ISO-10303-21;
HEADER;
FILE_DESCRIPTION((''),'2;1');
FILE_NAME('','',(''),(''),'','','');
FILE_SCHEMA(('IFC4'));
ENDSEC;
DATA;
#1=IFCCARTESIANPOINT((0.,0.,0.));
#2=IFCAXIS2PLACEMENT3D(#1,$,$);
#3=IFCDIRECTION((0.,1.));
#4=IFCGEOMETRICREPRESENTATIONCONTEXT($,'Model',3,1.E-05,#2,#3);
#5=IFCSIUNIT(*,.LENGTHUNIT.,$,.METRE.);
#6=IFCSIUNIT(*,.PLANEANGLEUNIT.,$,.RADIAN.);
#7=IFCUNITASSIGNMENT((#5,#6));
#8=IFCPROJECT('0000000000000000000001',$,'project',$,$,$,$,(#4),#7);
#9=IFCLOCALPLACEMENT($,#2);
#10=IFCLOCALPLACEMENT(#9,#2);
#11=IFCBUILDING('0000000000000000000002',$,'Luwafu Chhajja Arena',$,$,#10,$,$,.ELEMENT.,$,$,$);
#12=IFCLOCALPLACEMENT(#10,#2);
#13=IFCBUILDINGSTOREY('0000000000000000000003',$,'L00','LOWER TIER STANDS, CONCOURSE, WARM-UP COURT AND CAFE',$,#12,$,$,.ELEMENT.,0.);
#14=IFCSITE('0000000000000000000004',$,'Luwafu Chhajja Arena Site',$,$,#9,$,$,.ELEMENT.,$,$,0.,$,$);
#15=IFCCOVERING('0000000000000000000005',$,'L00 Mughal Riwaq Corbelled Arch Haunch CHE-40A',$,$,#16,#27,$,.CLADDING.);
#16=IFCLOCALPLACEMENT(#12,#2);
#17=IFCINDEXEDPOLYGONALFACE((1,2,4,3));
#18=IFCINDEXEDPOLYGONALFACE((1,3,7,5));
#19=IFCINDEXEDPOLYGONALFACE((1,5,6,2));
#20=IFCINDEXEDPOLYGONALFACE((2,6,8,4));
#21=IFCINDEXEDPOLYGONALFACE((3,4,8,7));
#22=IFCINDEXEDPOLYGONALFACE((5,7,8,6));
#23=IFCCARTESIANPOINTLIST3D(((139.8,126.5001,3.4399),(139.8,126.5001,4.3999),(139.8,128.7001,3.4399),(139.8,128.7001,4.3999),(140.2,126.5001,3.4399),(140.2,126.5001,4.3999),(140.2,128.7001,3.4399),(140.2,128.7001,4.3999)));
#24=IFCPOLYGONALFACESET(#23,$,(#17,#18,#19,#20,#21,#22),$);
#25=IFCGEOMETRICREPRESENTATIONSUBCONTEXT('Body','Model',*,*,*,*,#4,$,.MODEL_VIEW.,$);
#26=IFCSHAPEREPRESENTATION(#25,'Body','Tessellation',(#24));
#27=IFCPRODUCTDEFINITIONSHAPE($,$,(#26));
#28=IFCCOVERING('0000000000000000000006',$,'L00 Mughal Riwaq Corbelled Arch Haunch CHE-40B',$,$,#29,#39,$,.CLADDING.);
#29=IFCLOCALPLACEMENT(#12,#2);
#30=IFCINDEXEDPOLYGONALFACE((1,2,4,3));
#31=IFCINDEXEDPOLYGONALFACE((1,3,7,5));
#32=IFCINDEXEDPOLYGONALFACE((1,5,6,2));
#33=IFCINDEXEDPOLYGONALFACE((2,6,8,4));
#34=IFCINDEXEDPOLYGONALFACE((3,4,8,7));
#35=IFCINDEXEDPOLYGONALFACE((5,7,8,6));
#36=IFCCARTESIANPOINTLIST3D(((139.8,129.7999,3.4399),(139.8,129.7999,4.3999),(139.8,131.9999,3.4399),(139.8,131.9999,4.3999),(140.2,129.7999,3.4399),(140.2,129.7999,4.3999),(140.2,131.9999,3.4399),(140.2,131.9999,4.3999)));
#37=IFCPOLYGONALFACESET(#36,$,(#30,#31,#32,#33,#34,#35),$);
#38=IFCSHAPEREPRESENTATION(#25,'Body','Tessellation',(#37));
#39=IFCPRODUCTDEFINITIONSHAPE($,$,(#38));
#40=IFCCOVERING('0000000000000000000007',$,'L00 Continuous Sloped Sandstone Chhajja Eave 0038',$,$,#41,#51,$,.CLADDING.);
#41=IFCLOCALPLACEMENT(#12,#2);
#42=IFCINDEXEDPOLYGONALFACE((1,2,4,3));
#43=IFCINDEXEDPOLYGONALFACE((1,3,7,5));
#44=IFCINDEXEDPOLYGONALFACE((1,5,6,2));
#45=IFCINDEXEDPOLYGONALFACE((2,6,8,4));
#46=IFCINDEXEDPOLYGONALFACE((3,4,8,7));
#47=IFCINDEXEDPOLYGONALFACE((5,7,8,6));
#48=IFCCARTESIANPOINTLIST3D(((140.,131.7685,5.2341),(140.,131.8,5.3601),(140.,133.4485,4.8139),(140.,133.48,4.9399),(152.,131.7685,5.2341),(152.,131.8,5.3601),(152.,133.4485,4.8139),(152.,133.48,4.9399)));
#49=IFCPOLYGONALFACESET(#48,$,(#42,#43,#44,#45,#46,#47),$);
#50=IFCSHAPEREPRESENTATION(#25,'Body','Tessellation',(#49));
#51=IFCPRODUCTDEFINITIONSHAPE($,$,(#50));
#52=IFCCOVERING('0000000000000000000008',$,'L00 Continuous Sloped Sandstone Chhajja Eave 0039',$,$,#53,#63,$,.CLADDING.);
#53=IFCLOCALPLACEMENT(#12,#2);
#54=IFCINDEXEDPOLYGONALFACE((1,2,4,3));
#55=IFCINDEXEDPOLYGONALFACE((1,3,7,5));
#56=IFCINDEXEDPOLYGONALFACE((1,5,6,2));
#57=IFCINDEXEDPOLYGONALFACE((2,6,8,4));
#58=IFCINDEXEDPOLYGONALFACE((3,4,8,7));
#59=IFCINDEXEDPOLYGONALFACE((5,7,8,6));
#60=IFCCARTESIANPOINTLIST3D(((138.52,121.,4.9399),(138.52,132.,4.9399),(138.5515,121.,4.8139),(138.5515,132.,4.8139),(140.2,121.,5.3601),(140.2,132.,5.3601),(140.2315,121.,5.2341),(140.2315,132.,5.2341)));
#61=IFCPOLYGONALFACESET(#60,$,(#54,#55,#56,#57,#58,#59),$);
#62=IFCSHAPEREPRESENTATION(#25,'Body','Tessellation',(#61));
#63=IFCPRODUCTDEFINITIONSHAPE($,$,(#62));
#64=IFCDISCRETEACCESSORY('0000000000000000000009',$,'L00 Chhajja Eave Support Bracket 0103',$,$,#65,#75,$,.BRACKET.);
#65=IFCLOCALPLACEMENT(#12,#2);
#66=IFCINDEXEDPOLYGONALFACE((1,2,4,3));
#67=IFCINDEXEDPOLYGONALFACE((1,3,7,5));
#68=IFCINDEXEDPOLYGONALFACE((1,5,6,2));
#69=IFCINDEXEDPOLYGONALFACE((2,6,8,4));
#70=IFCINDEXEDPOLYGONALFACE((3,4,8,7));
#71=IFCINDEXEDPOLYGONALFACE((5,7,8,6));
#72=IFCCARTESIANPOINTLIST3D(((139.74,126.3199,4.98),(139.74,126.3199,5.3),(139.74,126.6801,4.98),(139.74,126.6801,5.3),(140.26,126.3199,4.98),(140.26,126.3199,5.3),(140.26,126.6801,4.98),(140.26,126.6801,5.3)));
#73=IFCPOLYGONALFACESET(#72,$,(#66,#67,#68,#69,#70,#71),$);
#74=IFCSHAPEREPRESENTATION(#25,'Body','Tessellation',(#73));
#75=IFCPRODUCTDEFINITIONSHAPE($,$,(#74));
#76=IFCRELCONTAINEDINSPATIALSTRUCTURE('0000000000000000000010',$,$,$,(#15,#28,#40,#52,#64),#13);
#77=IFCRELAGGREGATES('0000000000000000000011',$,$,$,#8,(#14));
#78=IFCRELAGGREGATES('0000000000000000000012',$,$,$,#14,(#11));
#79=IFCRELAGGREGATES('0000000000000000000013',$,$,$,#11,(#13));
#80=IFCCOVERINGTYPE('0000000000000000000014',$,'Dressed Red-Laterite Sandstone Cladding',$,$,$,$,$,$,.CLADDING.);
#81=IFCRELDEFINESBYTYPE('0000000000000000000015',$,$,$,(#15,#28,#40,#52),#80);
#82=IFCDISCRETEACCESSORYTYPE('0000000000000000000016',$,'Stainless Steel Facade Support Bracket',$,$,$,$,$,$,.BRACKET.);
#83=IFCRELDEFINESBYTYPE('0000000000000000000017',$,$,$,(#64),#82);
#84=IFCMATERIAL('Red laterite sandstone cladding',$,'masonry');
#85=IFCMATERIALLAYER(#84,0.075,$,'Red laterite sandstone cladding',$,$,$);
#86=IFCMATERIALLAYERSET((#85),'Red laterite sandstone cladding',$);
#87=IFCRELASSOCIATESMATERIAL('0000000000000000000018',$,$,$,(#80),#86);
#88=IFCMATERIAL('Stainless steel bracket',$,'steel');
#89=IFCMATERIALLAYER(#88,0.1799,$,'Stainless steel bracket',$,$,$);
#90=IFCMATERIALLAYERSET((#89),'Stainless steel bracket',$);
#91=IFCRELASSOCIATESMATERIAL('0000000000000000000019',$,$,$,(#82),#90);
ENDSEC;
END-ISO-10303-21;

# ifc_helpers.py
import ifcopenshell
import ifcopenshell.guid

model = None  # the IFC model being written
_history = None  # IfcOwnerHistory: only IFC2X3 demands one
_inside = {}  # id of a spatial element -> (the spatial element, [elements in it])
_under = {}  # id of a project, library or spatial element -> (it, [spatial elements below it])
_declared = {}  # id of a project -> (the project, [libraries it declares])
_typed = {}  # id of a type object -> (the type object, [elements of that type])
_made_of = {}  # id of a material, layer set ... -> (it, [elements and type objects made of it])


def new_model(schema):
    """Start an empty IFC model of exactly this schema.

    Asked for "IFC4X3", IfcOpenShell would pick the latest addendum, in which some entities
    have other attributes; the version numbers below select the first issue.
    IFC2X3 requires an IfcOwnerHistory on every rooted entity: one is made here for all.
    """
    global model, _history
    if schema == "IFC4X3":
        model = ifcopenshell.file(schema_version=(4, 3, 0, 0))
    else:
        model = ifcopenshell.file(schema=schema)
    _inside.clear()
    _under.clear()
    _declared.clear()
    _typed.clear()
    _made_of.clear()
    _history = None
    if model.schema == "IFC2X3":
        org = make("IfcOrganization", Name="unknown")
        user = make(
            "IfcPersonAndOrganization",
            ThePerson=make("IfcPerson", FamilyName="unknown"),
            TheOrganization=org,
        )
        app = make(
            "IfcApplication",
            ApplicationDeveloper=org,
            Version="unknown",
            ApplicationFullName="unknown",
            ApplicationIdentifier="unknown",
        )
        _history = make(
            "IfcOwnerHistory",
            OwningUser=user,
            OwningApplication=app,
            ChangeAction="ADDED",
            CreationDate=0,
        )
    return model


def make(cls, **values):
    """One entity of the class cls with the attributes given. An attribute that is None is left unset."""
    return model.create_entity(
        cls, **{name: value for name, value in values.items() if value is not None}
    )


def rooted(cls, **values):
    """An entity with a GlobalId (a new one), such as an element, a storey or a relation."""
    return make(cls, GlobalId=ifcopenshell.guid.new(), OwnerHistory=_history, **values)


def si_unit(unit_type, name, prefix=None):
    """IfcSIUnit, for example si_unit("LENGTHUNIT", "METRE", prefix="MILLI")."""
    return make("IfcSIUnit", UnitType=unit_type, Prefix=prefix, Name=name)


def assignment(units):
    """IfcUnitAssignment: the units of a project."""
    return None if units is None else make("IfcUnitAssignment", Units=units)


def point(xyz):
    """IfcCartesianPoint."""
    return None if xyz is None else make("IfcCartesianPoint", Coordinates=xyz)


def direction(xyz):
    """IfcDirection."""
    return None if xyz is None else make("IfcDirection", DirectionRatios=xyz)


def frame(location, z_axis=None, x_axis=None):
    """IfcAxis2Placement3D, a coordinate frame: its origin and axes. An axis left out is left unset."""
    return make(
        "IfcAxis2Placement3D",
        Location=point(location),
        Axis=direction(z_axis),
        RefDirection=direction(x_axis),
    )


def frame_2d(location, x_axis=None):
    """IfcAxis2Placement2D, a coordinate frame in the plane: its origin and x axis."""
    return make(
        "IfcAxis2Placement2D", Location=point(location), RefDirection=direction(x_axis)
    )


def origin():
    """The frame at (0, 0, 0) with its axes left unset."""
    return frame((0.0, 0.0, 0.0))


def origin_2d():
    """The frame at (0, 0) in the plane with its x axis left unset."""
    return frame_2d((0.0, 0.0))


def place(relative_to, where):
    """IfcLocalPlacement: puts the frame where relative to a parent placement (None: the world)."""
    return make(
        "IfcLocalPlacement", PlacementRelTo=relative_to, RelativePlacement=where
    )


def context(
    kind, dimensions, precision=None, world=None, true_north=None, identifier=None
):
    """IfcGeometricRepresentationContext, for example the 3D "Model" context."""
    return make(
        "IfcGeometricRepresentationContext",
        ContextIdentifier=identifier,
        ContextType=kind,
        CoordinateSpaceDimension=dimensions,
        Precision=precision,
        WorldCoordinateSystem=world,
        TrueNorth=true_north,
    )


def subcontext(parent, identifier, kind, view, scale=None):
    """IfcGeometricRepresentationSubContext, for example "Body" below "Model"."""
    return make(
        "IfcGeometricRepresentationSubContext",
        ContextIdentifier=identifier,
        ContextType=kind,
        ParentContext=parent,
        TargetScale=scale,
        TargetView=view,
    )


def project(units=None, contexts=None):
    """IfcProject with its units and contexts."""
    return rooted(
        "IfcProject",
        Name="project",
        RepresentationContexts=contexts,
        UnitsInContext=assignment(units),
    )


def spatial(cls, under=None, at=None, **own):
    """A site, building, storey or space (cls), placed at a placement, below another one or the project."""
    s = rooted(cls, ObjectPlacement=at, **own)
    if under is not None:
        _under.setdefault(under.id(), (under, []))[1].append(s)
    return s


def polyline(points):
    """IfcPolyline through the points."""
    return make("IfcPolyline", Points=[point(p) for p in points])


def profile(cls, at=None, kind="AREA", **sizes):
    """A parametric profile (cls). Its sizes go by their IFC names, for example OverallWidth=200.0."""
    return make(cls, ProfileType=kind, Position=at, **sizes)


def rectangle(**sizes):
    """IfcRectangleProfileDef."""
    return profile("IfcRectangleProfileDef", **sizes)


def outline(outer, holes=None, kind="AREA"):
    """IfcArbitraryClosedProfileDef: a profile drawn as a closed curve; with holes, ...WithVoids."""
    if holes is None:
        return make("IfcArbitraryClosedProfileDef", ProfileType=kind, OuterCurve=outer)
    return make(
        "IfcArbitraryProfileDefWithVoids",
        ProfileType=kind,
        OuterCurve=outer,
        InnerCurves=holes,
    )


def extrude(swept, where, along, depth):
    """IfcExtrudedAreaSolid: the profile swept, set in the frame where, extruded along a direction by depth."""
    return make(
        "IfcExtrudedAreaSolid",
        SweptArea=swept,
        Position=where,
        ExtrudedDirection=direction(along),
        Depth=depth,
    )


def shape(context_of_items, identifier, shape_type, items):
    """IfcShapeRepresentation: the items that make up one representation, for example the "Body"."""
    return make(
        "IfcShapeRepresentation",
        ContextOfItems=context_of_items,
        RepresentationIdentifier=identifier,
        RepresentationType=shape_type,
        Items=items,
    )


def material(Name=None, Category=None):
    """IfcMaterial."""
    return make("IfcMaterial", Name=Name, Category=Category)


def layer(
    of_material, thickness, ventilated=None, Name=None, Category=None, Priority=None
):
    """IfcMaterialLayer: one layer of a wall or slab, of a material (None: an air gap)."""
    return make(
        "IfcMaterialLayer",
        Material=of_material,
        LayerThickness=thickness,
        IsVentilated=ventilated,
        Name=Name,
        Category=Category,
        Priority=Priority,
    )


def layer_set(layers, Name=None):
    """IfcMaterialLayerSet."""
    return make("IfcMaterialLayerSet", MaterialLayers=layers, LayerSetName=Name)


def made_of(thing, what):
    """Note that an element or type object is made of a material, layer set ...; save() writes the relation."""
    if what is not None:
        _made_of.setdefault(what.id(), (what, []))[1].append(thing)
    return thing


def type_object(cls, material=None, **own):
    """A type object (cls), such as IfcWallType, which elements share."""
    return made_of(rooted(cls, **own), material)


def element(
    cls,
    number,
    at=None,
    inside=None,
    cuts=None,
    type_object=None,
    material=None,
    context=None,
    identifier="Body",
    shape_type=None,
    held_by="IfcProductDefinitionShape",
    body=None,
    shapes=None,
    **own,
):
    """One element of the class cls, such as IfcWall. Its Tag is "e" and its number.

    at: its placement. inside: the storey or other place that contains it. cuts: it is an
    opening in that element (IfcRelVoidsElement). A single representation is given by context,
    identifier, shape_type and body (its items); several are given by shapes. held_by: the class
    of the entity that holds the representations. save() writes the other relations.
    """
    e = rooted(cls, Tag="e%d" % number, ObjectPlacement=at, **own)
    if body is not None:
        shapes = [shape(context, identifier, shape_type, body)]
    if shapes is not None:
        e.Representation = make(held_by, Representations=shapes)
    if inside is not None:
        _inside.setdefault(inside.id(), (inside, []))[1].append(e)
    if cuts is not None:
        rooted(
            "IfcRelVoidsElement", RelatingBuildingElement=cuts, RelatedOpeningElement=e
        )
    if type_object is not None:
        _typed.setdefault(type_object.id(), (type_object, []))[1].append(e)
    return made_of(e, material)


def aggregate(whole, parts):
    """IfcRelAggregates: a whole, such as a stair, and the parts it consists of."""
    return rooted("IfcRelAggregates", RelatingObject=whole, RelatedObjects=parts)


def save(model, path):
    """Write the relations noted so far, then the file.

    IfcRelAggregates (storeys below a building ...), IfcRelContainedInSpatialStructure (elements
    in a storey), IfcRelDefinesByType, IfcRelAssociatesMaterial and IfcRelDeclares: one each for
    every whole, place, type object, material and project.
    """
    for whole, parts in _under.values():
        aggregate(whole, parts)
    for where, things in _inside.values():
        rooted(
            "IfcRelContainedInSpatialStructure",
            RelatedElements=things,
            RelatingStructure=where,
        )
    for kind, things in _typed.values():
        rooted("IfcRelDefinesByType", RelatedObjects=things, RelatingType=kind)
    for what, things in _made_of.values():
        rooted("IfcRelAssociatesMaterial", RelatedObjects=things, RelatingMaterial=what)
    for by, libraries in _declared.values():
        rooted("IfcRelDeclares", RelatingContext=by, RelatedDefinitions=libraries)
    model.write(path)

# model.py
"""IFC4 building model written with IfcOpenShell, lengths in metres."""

from ifc_helpers import new_model, si_unit, direction, frame, origin, origin_2d, place, context, subcontext, project, spatial, polyline, rectangle, outline, extrude, material, layer, layer_set, type_object, element, save


model = new_model("IFC4")

# Units and contexts
model_context = context("Model", 3, precision=1e-05, world=origin(), true_north=direction((0.0, 1.0)))
body_context = subcontext(model_context, "Body", "Model", "MODEL_VIEW")
ifc_project = project(units=[si_unit("LENGTHUNIT", "METRE"), si_unit("PLANEANGLEUNIT", "RADIAN")], contexts=[model_context])

# Site, building, storey
site_placement = place(None, origin())
site = spatial("IfcSite", under=ifc_project, at=site_placement, Name="Luwafu Chhajja Arena Site", CompositionType="ELEMENT", RefElevation=0.0)
building_placement = place(site_placement, origin())
building = spatial("IfcBuilding", under=site, at=building_placement, Name="Luwafu Chhajja Arena", CompositionType="ELEMENT")
storey_placement = place(building_placement, origin())
storey = spatial("IfcBuildingStorey", under=building, at=storey_placement, Name="L00", Description="LOWER TIER STANDS, CONCOURSE, WARM-UP COURT AND CAFE", CompositionType="ELEMENT", Elevation=0.0)

# Coverings
ifc_material_1 = material(Name="Red laterite sandstone cladding", Category="masonry")
ifc_layer_1 = layer(ifc_material_1, 0.075, Name="Red laterite sandstone cladding")
ifc_layer_set_1 = layer_set([ifc_layer_1], Name="Red laterite sandstone cladding")
covering_type = type_object("IfcCoveringType", Name="Dressed Red-Laterite Sandstone Cladding", PredefinedType="CLADDING", material=ifc_layer_set_1)
for number, where, z_axis, x_axis, name in (
    (1, (140.0, 127.6001, 3.4399), (0.0, 0.0, 1.0), (0.0, 1.0, 0.0), "L00 Mughal Riwaq Corbelled Arch Haunch CHE-40A"),
    (2, (140.0, 130.8999, 3.4399), (0.0, 0.0, 1.0), (0.0, 1.0, 0.0), "L00 Mughal Riwaq Corbelled Arch Haunch CHE-40B"),
):
    element("IfcCovering", number, at=place(storey_placement, frame(where, z_axis=z_axis, x_axis=x_axis)), inside=storey, type_object=covering_type, Name=name, PredefinedType="CLADDING", context=body_context, shape_type="SweptSolid", body=[
        extrude(rectangle(XDim=2.2, YDim=0.3999, at=origin_2d()), origin(), (0.0, 0.0, 1.0), 0.96),
    ])
covering_1_placement = place(storey_placement, frame((140.0, 131.8, 5.3601), z_axis=(0.0, 0.242635, 0.970118), x_axis=(1.0, 0.0, 0.0)))
element("IfcCovering", 3, at=covering_1_placement, inside=storey, type_object=covering_type, Name="L00 Continuous Sloped Sandstone Chhajja Eave 0038", PredefinedType="CLADDING", context=body_context, shape_type="SweptSolid", body=[
    extrude(outline(polyline([(0.0, 0.0), (12.0, 0.0), (12.0, 1.7317), (0.0, 1.7317), (0.0, 0.0)])), origin(), (0.0, 0.0, -1.0), 0.1299),
])
covering_2_placement = place(storey_placement, frame((140.2, 121.0, 5.3601), z_axis=(-0.242635, 0.0, 0.970118), x_axis=(0.0, 1.0, 0.0)))
element("IfcCovering", 4, at=covering_2_placement, inside=storey, type_object=covering_type, Name="L00 Continuous Sloped Sandstone Chhajja Eave 0039", PredefinedType="CLADDING", context=body_context, shape_type="SweptSolid", body=[
    extrude(outline(polyline([(0.0, 0.0), (11.0, 0.0), (11.0, 1.7317), (0.0, 1.7317), (0.0, 0.0)])), origin(), (0.0, 0.0, -1.0), 0.1299),
])

# Discrete accessory
ifc_material_2 = material(Name="Stainless steel bracket", Category="steel")
ifc_layer_2 = layer(ifc_material_2, 0.1799, Name="Stainless steel bracket")
ifc_layer_set_2 = layer_set([ifc_layer_2], Name="Stainless steel bracket")
discrete_accessory_type = type_object("IfcDiscreteAccessoryType", Name="Stainless Steel Facade Support Bracket", PredefinedType="BRACKET", material=ifc_layer_set_2)
discrete_accessory_placement = place(storey_placement, frame((140.0, 126.5, 4.98), z_axis=(0.0, 0.0, 1.0), x_axis=(0.0, 1.0, 0.0)))
element("IfcDiscreteAccessory", 5, at=discrete_accessory_placement, inside=storey, type_object=discrete_accessory_type, Name="L00 Chhajja Eave Support Bracket 0103", PredefinedType="BRACKET", context=body_context, shape_type="SweptSolid", body=[
    extrude(rectangle(XDim=0.3601, YDim=0.52, at=origin_2d()), origin(), (0.0, 0.0, 1.0), 0.3201),
])

save(model, "model.ifc")
